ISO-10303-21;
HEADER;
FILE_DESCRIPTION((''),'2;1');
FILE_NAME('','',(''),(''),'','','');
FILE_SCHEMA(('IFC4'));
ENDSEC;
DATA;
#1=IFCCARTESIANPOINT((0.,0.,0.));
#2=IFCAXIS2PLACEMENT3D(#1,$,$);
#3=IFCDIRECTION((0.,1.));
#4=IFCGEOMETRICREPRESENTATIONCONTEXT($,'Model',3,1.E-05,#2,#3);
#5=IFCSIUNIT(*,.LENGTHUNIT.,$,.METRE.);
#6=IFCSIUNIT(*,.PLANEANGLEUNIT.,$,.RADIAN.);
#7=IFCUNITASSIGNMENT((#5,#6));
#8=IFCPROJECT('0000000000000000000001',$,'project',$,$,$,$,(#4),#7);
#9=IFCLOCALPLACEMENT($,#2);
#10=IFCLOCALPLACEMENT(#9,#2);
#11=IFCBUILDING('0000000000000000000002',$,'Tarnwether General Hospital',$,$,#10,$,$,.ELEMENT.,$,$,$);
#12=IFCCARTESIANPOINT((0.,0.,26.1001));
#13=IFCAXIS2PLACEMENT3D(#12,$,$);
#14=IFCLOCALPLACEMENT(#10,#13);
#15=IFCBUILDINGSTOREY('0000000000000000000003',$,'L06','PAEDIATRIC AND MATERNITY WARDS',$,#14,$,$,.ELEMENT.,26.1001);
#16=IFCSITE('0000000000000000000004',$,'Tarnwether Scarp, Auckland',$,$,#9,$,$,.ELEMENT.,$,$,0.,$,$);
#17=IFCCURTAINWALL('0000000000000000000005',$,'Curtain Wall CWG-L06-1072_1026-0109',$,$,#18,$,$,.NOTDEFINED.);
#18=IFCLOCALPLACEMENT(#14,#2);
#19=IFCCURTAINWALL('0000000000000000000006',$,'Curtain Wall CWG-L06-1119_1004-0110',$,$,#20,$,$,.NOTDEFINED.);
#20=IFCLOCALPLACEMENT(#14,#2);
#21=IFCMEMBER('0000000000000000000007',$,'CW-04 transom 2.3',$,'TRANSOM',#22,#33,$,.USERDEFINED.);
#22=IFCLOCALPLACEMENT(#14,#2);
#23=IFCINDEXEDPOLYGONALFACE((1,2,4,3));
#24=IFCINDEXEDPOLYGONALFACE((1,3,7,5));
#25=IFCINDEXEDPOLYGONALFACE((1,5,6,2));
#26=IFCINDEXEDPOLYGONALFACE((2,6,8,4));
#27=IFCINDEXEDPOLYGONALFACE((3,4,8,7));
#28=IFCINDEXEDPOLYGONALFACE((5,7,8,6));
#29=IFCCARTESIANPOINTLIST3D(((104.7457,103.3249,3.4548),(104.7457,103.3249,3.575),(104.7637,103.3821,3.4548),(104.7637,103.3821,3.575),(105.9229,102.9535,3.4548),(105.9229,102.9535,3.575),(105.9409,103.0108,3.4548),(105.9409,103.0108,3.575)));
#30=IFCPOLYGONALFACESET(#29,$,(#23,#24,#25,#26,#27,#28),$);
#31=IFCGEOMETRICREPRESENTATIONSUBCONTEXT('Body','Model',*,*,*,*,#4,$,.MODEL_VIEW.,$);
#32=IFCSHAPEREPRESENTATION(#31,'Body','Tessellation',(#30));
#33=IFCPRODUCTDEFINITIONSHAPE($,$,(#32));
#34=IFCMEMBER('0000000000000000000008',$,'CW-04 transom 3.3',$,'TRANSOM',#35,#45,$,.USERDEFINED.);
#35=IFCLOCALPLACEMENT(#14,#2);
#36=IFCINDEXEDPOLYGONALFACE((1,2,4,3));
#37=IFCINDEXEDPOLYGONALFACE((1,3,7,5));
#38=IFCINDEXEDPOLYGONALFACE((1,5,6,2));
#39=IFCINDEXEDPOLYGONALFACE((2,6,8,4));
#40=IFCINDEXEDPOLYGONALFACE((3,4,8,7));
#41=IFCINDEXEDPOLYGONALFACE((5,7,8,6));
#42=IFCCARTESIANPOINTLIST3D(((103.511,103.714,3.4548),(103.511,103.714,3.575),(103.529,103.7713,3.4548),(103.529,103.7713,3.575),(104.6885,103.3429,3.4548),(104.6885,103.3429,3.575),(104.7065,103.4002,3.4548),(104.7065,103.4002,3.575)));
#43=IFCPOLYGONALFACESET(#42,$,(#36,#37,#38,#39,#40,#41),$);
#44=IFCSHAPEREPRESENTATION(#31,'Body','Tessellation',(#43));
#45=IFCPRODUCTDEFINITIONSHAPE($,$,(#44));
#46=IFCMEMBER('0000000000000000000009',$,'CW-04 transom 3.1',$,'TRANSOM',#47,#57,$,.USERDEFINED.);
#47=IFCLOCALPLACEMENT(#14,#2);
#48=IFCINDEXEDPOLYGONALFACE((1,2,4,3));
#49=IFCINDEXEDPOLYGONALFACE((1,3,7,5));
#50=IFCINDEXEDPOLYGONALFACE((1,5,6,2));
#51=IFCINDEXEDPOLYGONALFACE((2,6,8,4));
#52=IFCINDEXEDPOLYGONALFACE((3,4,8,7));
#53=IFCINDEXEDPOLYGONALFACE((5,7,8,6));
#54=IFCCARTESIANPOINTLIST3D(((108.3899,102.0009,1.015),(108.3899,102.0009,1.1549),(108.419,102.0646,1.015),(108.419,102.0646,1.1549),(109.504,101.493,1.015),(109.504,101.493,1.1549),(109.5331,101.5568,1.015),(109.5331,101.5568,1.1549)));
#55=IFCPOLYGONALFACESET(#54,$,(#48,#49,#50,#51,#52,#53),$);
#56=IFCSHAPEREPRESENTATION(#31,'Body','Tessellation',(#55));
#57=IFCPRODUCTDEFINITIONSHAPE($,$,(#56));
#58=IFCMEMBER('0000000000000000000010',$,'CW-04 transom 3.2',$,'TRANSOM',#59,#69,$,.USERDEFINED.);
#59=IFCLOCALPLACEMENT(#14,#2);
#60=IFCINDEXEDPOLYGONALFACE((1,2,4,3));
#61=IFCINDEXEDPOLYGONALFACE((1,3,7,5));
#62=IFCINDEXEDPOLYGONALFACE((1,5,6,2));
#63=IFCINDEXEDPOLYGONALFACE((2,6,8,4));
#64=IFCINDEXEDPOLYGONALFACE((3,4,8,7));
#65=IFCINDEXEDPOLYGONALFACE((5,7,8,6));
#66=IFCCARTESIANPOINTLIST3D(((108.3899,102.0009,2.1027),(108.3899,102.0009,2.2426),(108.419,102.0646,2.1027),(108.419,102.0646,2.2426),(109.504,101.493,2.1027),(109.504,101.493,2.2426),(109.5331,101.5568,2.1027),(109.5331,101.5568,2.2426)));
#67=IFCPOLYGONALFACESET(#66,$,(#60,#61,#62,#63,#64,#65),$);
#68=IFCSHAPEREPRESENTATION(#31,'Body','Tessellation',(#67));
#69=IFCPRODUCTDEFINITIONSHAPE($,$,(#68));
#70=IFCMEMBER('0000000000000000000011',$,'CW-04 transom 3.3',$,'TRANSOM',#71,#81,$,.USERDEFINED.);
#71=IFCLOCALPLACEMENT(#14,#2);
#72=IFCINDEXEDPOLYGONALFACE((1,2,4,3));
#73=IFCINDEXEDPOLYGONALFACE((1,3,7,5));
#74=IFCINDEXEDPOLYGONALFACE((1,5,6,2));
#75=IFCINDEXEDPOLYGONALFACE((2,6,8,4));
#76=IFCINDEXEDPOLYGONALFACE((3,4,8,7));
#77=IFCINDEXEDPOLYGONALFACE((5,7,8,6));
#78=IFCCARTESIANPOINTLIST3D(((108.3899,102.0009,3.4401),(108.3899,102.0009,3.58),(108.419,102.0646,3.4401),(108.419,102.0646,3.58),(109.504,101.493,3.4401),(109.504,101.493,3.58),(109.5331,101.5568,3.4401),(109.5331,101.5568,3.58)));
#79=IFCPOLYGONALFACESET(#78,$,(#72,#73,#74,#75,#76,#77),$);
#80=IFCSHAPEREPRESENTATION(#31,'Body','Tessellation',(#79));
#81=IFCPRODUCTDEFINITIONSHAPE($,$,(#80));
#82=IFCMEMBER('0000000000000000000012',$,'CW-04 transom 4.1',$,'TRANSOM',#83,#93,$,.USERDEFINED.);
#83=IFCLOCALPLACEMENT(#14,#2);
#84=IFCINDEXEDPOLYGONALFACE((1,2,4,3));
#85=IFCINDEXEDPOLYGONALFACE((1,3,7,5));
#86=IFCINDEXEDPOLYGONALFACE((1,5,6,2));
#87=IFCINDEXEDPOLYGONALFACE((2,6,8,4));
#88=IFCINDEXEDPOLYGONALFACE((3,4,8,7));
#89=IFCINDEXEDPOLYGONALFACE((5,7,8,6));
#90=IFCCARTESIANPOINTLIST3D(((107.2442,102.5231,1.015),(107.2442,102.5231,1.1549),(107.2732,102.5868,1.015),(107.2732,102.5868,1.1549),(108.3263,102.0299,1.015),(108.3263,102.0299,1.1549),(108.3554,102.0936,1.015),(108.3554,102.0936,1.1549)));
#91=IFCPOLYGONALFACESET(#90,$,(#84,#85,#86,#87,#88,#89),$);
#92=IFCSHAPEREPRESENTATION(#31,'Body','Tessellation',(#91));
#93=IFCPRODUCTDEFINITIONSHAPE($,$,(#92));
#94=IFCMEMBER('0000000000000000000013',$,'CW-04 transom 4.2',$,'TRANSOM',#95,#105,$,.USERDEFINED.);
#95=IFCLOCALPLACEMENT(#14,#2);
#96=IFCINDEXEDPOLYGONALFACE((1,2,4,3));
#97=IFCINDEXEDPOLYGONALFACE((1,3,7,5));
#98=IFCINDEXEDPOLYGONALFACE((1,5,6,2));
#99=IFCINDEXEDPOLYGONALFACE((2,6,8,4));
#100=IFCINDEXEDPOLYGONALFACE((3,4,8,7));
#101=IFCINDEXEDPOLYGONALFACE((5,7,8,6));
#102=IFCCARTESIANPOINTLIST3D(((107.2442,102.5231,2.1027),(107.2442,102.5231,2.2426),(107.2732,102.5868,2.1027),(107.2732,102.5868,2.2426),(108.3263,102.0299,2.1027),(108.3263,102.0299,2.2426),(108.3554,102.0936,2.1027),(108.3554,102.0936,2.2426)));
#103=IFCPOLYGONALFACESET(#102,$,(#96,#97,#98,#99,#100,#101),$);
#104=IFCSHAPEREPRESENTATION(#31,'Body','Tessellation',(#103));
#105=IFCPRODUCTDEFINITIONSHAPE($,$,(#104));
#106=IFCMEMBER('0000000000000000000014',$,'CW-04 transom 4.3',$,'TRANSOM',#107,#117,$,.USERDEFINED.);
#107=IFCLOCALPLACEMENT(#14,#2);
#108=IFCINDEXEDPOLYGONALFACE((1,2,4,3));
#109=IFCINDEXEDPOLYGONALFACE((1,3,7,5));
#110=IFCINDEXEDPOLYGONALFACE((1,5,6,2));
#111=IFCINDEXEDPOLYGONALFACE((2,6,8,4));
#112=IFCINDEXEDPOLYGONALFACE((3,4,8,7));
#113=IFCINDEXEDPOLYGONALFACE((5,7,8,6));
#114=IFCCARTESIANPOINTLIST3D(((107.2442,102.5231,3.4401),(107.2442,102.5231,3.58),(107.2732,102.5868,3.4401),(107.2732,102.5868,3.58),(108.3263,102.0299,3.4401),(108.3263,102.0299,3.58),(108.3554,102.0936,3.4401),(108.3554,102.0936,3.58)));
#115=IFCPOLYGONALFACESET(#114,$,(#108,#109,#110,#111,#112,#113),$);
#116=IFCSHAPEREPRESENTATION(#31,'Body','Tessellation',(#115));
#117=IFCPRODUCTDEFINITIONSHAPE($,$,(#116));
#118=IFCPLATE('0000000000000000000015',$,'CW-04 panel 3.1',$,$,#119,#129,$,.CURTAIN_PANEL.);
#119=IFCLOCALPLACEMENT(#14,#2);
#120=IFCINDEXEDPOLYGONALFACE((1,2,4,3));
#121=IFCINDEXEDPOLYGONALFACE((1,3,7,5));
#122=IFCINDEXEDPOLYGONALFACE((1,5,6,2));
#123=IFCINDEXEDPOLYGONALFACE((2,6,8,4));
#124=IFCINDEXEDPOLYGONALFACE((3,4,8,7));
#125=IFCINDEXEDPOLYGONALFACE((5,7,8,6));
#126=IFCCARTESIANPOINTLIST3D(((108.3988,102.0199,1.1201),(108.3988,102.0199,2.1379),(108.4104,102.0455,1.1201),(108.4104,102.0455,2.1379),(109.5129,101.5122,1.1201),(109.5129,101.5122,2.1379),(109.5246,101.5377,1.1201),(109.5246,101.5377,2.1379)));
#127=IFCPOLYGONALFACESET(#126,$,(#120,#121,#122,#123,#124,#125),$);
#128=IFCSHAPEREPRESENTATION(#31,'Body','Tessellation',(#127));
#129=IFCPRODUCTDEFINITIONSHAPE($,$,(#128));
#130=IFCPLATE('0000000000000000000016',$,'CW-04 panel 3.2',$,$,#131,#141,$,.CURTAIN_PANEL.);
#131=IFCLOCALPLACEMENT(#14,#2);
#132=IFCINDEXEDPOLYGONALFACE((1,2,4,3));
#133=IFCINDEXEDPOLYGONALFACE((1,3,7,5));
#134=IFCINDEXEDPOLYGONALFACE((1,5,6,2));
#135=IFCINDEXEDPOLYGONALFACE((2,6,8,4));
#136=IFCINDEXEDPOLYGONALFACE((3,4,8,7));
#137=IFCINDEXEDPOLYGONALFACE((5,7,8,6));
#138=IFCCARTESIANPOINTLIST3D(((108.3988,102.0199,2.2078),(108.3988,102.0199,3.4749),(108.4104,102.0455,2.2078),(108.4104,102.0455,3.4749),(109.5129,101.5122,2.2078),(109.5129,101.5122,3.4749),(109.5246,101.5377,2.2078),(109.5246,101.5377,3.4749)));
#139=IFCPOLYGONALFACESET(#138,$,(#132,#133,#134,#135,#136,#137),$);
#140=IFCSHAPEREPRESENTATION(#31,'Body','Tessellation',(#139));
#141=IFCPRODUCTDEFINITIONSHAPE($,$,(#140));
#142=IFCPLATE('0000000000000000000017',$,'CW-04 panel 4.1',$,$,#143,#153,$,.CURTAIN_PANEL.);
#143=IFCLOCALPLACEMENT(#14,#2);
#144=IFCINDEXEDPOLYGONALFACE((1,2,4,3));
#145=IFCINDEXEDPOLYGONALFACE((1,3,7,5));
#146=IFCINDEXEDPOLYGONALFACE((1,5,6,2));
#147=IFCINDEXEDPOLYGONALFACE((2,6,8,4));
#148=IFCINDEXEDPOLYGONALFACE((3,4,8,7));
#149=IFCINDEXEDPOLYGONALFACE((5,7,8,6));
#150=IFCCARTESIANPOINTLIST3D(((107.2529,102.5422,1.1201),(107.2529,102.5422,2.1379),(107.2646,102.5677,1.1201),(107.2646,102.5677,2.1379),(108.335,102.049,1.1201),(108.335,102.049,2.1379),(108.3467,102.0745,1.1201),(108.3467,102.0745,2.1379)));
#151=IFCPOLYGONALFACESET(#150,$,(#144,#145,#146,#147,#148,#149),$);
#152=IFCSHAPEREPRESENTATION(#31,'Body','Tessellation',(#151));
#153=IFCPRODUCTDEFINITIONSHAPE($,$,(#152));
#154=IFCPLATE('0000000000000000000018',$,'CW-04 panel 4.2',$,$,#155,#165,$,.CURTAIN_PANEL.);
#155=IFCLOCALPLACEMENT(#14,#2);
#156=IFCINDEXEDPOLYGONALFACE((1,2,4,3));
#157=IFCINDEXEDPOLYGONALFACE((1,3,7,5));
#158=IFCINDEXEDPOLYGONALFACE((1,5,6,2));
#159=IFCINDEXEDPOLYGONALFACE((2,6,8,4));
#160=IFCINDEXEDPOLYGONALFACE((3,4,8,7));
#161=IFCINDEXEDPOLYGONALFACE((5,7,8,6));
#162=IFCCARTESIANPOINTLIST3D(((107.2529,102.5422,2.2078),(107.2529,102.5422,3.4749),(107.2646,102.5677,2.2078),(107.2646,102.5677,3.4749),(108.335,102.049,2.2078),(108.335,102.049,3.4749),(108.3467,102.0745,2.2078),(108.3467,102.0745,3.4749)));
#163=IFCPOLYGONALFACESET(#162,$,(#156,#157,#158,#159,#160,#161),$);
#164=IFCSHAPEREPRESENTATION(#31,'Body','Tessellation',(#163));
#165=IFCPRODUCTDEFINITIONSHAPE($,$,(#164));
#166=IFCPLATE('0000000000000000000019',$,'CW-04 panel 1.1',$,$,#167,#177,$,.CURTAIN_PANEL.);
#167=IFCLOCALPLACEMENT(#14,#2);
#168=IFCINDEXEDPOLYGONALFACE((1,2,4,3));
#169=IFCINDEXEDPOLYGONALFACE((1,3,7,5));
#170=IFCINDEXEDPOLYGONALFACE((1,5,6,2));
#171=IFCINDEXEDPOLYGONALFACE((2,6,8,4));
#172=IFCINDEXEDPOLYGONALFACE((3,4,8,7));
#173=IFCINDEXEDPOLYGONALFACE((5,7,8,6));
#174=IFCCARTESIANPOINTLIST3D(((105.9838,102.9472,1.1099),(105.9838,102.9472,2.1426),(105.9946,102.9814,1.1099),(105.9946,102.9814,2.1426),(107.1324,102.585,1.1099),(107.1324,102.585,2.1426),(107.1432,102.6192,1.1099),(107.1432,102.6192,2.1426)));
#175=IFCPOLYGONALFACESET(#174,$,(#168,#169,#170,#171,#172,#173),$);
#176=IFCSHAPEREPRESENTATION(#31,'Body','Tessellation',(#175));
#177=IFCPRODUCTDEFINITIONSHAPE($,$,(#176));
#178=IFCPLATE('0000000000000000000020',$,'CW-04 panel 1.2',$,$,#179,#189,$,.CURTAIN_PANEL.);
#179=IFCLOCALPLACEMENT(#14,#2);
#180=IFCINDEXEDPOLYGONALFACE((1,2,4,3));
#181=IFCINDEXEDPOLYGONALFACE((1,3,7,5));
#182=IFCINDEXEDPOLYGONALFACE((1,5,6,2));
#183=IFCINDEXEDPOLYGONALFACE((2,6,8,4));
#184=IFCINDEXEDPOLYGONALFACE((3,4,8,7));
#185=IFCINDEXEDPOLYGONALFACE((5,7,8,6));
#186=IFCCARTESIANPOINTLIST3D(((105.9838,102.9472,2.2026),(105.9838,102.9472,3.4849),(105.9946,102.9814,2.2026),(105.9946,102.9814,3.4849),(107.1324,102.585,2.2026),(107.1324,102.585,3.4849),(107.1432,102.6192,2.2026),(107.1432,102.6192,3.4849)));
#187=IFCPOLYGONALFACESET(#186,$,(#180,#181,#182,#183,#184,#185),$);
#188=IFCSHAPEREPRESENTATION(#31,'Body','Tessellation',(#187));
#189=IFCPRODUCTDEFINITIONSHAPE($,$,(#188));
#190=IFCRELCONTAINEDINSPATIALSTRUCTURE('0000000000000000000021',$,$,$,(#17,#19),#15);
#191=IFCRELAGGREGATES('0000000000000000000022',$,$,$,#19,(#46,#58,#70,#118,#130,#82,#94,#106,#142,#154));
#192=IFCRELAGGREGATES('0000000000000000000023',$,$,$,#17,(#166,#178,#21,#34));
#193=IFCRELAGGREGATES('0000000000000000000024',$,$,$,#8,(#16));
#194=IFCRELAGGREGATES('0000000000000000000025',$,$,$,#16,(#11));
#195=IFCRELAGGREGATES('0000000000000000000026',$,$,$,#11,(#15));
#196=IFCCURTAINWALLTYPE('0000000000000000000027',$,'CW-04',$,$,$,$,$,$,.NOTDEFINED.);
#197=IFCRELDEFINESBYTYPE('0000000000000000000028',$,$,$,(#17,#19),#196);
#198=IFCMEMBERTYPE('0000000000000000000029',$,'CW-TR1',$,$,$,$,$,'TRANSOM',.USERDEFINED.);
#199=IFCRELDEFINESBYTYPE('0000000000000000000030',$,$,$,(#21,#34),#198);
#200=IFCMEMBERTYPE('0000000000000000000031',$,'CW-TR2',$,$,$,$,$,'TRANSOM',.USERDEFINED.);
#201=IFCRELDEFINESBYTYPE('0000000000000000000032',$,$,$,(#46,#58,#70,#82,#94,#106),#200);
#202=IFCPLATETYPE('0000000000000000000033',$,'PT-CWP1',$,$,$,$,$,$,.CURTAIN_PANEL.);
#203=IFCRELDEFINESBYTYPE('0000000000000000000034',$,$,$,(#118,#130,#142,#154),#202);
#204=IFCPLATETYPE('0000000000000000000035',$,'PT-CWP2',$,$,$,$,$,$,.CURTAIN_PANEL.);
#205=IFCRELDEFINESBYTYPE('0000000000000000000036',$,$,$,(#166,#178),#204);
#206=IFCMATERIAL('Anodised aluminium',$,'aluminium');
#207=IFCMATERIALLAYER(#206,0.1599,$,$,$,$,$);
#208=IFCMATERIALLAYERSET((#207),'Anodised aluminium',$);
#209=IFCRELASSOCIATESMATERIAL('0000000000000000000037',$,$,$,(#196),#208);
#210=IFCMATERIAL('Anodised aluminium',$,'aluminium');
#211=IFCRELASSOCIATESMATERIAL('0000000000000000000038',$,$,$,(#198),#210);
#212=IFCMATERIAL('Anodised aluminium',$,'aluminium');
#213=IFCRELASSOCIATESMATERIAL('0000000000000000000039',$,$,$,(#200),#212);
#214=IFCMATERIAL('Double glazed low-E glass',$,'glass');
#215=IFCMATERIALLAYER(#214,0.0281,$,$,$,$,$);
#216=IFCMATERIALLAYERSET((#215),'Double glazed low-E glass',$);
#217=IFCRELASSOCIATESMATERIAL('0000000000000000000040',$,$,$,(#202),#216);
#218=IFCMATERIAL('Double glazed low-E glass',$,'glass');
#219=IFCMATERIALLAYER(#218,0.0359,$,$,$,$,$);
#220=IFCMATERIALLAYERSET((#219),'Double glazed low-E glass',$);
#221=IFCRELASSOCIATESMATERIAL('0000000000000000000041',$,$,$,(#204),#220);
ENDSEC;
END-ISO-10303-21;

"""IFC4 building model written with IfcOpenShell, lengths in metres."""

from ifc_helpers import new_model, si_unit, direction, frame, origin, origin_2d, place, context, subcontext, project, spatial, rectangle, extrude, material, layer, layer_set, material_profile, profile_set, type_object, element, aggregate, save


model = new_model("IFC4")

# Units and contexts
model_context = context("Model", 3, precision=1e-05, world=origin(), true_north=direction((0.0, 1.0)))
body_context = subcontext(model_context, "Body", "Model", "MODEL_VIEW")
ifc_project = project(units=[si_unit("LENGTHUNIT", "METRE"), si_unit("PLANEANGLEUNIT", "RADIAN")], contexts=[model_context])

# Site, building, storey
site_placement = place(None, origin())
site = spatial("IfcSite", under=ifc_project, at=site_placement, Name="Tarnwether Scarp, Auckland", CompositionType="ELEMENT", RefElevation=0.0)
building_placement = place(site_placement, origin())
building = spatial("IfcBuilding", under=site, at=building_placement, Name="Tarnwether General Hospital", CompositionType="ELEMENT")
storey_placement = place(building_placement, frame((0.0, 0.0, 26.1001)))
storey = spatial("IfcBuildingStorey", under=building, at=storey_placement, Name="L06", Description="PAEDIATRIC AND MATERNITY WARDS", CompositionType="ELEMENT", Elevation=26.1001)

# Curtain walls
ifc_material_1 = material(Name="Anodised aluminium", Category="aluminium")
ifc_layer_1 = layer(ifc_material_1, 0.1599)
ifc_layer_set_1 = layer_set([ifc_layer_1], Name="Anodised aluminium")
curtain_wall_type = type_object("IfcCurtainWallType", Name="CW-04", PredefinedType="NOTDEFINED", material=ifc_layer_set_1)
curtain_wall_1_placement = place(storey_placement, origin())
curtain_wall_1 = element("IfcCurtainWall", 1, at=curtain_wall_1_placement, inside=storey, type_object=curtain_wall_type, Name="Curtain Wall CWG-L06-1072_1026-0109", PredefinedType="NOTDEFINED")
curtain_wall_2_placement = place(storey_placement, origin())
curtain_wall_2 = element("IfcCurtainWall", 2, at=curtain_wall_2_placement, inside=storey, type_object=curtain_wall_type, Name="Curtain Wall CWG-L06-1119_1004-0110", PredefinedType="NOTDEFINED")

# Members
ifc_material_2 = material(Name="Anodised aluminium", Category="aluminium")
ifc_material_profile_1 = material_profile(ifc_material_2, rectangle(XDim=0.0601, YDim=0.1201, at=origin_2d()), Name="ALU-TRN-60x120")
ifc_profile_set_1 = profile_set([ifc_material_profile_1], Name="Anodised aluminium")
member_type_1 = type_object("IfcMemberType", Name="CW-TR1", ElementType="TRANSOM", PredefinedType="USERDEFINED", material=ifc_profile_set_1)
member_1_placement = place(storey_placement, frame((105.9319, 102.9822, 3.5149), z_axis=(-0.953681, 0.300819, 0.0), x_axis=(-0.300819, -0.953681, 0.0)))
member_1 = element("IfcMember", 3, at=member_1_placement, type_object=member_type_1, Name="CW-04 transom 2.3", ObjectType="TRANSOM", PredefinedType="USERDEFINED", context=body_context, shape_type="SweptSolid", body=[
    extrude(rectangle(XDim=0.0601, YDim=0.1201, at=origin_2d()), origin(), (0.0, 0.0, 1.0), 1.2344),
])
member_2_placement = place(storey_placement, frame((104.6975, 103.3716, 3.5149), z_axis=(-0.953756, 0.300582, 0.0), x_axis=(-0.300582, -0.953756, 0.0)))
member_2 = element("IfcMember", 4, at=member_2_placement, type_object=member_type_1, Name="CW-04 transom 3.3", ObjectType="TRANSOM", PredefinedType="USERDEFINED", context=body_context, shape_type="SweptSolid", body=[
    extrude(rectangle(XDim=0.0601, YDim=0.1201, at=origin_2d()), origin(), (0.0, 0.0, 1.0), 1.2346),
])
ifc_material_3 = material(Name="Anodised aluminium", Category="aluminium")
ifc_material_profile_2 = material_profile(ifc_material_3, rectangle(XDim=0.0701, YDim=0.1399, at=origin_2d()), Name="ALU-TRN-70x140")
ifc_profile_set_2 = profile_set([ifc_material_profile_2], Name="Anodised aluminium")
member_type_2 = type_object("IfcMemberType", Name="CW-TR2", ElementType="TRANSOM", PredefinedType="USERDEFINED", material=ifc_profile_set_2)
member_3_placement = place(storey_placement, frame((109.5186, 101.5249, 1.085), z_axis=(-0.909922, 0.414779, 0.0), x_axis=(-0.414779, -0.909922, 0.0)))
member_3 = element("IfcMember", 5, at=member_3_placement, type_object=member_type_2, Name="CW-04 transom 3.1", ObjectType="TRANSOM", PredefinedType="USERDEFINED", context=body_context, shape_type="SweptSolid", body=[
    extrude(rectangle(XDim=0.0701, YDim=0.1399, at=origin_2d()), origin(), (0.0, 0.0, 1.0), 1.2244),
])
member_4_placement = place(storey_placement, frame((109.5186, 101.5249, 2.1726), z_axis=(-0.909922, 0.414779, 0.0), x_axis=(-0.414779, -0.909922, 0.0)))
member_4 = element("IfcMember", 6, at=member_4_placement, type_object=member_type_2, Name="CW-04 transom 3.2", ObjectType="TRANSOM", PredefinedType="USERDEFINED", context=body_context, shape_type="SweptSolid", body=[
    extrude(rectangle(XDim=0.0701, YDim=0.1399, at=origin_2d()), origin(), (0.0, 0.0, 1.0), 1.2244),
])
member_5_placement = place(storey_placement, frame((109.5186, 101.5249, 3.51), z_axis=(-0.909922, 0.414779, 0.0), x_axis=(-0.414779, -0.909922, 0.0)))
member_5 = element("IfcMember", 7, at=member_5_placement, type_object=member_type_2, Name="CW-04 transom 3.3", ObjectType="TRANSOM", PredefinedType="USERDEFINED", context=body_context, shape_type="SweptSolid", body=[
    extrude(rectangle(XDim=0.0701, YDim=0.1399, at=origin_2d()), origin(), (0.0, 0.0, 1.0), 1.2244),
])
member_6_placement = place(storey_placement, frame((108.3408, 102.0618, 1.085), z_axis=(-0.909944, 0.414731, 0.0), x_axis=(-0.414731, -0.909944, 0.0)))
member_6 = element("IfcMember", 8, at=member_6_placement, type_object=member_type_2, Name="CW-04 transom 4.1", ObjectType="TRANSOM", PredefinedType="USERDEFINED", context=body_context, shape_type="SweptSolid", body=[
    extrude(rectangle(XDim=0.0701, YDim=0.1399, at=origin_2d()), origin(), (0.0, 0.0, 1.0), 1.1892),
])
member_7_placement = place(storey_placement, frame((108.3408, 102.0618, 2.1726), z_axis=(-0.909944, 0.414731, 0.0), x_axis=(-0.414731, -0.909944, 0.0)))
member_7 = element("IfcMember", 9, at=member_7_placement, type_object=member_type_2, Name="CW-04 transom 4.2", ObjectType="TRANSOM", PredefinedType="USERDEFINED", context=body_context, shape_type="SweptSolid", body=[
    extrude(rectangle(XDim=0.0701, YDim=0.1399, at=origin_2d()), origin(), (0.0, 0.0, 1.0), 1.1892),
])
member_8_placement = place(storey_placement, frame((108.3408, 102.0618, 3.51), z_axis=(-0.909944, 0.414731, 0.0), x_axis=(-0.414731, -0.909944, 0.0)))
member_8 = element("IfcMember", 10, at=member_8_placement, type_object=member_type_2, Name="CW-04 transom 4.3", ObjectType="TRANSOM", PredefinedType="USERDEFINED", context=body_context, shape_type="SweptSolid", body=[
    extrude(rectangle(XDim=0.0701, YDim=0.1399, at=origin_2d()), origin(), (0.0, 0.0, 1.0), 1.1892),
])

# Plates
ifc_material_4 = material(Name="Double glazed low-E glass", Category="glass")
ifc_layer_2 = layer(ifc_material_4, 0.0281)
ifc_layer_set_2 = layer_set([ifc_layer_2], Name="Double glazed low-E glass")
plate_type_1 = type_object("IfcPlateType", Name="PT-CWP1", PredefinedType="CURTAIN_PANEL", material=ifc_layer_set_2)
plate_1_placement = place(storey_placement, frame((108.9617, 101.7788, 1.1201), z_axis=(0.0, 0.0, 1.0), x_axis=(-0.909956, 0.414705, 0.0)))
plate_1 = element("IfcPlate", 11, at=plate_1_placement, type_object=plate_type_1, Name="CW-04 panel 3.1", PredefinedType="CURTAIN_PANEL", context=body_context, shape_type="SweptSolid", body=[
    extrude(rectangle(XDim=1.2244, YDim=0.0281, at=origin_2d()), origin(), (0.0, 0.0, 1.0), 1.0178),
])
plate_2_placement = place(storey_placement, frame((108.9617, 101.7788, 2.2078), z_axis=(0.0, 0.0, 1.0), x_axis=(-0.909956, 0.414705, 0.0)))
plate_2 = element("IfcPlate", 12, at=plate_2_placement, type_object=plate_type_1, Name="CW-04 panel 3.2", PredefinedType="CURTAIN_PANEL", context=body_context, shape_type="SweptSolid", body=[
    extrude(rectangle(XDim=1.2244, YDim=0.0281, at=origin_2d()), origin(), (0.0, 0.0, 1.0), 1.2671),
])
plate_3_placement = place(storey_placement, frame((107.7998, 102.3083, 1.1201), z_axis=(0.0, 0.0, 1.0), x_axis=(-0.909956, 0.414705, 0.0)))
plate_3 = element("IfcPlate", 13, at=plate_3_placement, type_object=plate_type_1, Name="CW-04 panel 4.1", PredefinedType="CURTAIN_PANEL", context=body_context, shape_type="SweptSolid", body=[
    extrude(rectangle(XDim=1.1892, YDim=0.0281, at=origin_2d()), origin(), (0.0, 0.0, 1.0), 1.0178),
])
plate_4_placement = place(storey_placement, frame((107.7998, 102.3083, 2.2078), z_axis=(0.0, 0.0, 1.0), x_axis=(-0.909956, 0.414705, 0.0)))
plate_4 = element("IfcPlate", 14, at=plate_4_placement, type_object=plate_type_1, Name="CW-04 panel 4.2", PredefinedType="CURTAIN_PANEL", context=body_context, shape_type="SweptSolid", body=[
    extrude(rectangle(XDim=1.1892, YDim=0.0281, at=origin_2d()), origin(), (0.0, 0.0, 1.0), 1.2671),
])
aggregate(curtain_wall_2, [member_3, member_4, member_5, plate_1, plate_2, member_6, member_7, member_8, plate_3, plate_4])
ifc_material_5 = material(Name="Double glazed low-E glass", Category="glass")
ifc_layer_3 = layer(ifc_material_5, 0.0359)
ifc_layer_set_3 = layer_set([ifc_layer_3], Name="Double glazed low-E glass")
plate_type_2 = type_object("IfcPlateType", Name="PT-CWP2", PredefinedType="CURTAIN_PANEL", material=ifc_layer_set_3)
plate_5_placement = place(storey_placement, frame((106.5635, 102.7832, 1.1099), z_axis=(0.0, 0.0, 1.0), x_axis=(-0.953714, 0.300715, 0.0)))
plate_5 = element("IfcPlate", 15, at=plate_5_placement, type_object=plate_type_2, Name="CW-04 panel 1.1", PredefinedType="CURTAIN_PANEL", context=body_context, shape_type="SweptSolid", body=[
    extrude(rectangle(XDim=1.2043, YDim=0.0359, at=origin_2d()), origin(), (0.0, 0.0, 1.0), 1.0327),
])
plate_6_placement = place(storey_placement, frame((106.5635, 102.7832, 2.2026), z_axis=(0.0, 0.0, 1.0), x_axis=(-0.953714, 0.300715, 0.0)))
plate_6 = element("IfcPlate", 16, at=plate_6_placement, type_object=plate_type_2, Name="CW-04 panel 1.2", PredefinedType="CURTAIN_PANEL", context=body_context, shape_type="SweptSolid", body=[
    extrude(rectangle(XDim=1.2043, YDim=0.0359, at=origin_2d()), origin(), (0.0, 0.0, 1.0), 1.2822),
])
aggregate(curtain_wall_1, [plate_5, plate_6, member_1, member_2])

save(model, "model.ifc")
